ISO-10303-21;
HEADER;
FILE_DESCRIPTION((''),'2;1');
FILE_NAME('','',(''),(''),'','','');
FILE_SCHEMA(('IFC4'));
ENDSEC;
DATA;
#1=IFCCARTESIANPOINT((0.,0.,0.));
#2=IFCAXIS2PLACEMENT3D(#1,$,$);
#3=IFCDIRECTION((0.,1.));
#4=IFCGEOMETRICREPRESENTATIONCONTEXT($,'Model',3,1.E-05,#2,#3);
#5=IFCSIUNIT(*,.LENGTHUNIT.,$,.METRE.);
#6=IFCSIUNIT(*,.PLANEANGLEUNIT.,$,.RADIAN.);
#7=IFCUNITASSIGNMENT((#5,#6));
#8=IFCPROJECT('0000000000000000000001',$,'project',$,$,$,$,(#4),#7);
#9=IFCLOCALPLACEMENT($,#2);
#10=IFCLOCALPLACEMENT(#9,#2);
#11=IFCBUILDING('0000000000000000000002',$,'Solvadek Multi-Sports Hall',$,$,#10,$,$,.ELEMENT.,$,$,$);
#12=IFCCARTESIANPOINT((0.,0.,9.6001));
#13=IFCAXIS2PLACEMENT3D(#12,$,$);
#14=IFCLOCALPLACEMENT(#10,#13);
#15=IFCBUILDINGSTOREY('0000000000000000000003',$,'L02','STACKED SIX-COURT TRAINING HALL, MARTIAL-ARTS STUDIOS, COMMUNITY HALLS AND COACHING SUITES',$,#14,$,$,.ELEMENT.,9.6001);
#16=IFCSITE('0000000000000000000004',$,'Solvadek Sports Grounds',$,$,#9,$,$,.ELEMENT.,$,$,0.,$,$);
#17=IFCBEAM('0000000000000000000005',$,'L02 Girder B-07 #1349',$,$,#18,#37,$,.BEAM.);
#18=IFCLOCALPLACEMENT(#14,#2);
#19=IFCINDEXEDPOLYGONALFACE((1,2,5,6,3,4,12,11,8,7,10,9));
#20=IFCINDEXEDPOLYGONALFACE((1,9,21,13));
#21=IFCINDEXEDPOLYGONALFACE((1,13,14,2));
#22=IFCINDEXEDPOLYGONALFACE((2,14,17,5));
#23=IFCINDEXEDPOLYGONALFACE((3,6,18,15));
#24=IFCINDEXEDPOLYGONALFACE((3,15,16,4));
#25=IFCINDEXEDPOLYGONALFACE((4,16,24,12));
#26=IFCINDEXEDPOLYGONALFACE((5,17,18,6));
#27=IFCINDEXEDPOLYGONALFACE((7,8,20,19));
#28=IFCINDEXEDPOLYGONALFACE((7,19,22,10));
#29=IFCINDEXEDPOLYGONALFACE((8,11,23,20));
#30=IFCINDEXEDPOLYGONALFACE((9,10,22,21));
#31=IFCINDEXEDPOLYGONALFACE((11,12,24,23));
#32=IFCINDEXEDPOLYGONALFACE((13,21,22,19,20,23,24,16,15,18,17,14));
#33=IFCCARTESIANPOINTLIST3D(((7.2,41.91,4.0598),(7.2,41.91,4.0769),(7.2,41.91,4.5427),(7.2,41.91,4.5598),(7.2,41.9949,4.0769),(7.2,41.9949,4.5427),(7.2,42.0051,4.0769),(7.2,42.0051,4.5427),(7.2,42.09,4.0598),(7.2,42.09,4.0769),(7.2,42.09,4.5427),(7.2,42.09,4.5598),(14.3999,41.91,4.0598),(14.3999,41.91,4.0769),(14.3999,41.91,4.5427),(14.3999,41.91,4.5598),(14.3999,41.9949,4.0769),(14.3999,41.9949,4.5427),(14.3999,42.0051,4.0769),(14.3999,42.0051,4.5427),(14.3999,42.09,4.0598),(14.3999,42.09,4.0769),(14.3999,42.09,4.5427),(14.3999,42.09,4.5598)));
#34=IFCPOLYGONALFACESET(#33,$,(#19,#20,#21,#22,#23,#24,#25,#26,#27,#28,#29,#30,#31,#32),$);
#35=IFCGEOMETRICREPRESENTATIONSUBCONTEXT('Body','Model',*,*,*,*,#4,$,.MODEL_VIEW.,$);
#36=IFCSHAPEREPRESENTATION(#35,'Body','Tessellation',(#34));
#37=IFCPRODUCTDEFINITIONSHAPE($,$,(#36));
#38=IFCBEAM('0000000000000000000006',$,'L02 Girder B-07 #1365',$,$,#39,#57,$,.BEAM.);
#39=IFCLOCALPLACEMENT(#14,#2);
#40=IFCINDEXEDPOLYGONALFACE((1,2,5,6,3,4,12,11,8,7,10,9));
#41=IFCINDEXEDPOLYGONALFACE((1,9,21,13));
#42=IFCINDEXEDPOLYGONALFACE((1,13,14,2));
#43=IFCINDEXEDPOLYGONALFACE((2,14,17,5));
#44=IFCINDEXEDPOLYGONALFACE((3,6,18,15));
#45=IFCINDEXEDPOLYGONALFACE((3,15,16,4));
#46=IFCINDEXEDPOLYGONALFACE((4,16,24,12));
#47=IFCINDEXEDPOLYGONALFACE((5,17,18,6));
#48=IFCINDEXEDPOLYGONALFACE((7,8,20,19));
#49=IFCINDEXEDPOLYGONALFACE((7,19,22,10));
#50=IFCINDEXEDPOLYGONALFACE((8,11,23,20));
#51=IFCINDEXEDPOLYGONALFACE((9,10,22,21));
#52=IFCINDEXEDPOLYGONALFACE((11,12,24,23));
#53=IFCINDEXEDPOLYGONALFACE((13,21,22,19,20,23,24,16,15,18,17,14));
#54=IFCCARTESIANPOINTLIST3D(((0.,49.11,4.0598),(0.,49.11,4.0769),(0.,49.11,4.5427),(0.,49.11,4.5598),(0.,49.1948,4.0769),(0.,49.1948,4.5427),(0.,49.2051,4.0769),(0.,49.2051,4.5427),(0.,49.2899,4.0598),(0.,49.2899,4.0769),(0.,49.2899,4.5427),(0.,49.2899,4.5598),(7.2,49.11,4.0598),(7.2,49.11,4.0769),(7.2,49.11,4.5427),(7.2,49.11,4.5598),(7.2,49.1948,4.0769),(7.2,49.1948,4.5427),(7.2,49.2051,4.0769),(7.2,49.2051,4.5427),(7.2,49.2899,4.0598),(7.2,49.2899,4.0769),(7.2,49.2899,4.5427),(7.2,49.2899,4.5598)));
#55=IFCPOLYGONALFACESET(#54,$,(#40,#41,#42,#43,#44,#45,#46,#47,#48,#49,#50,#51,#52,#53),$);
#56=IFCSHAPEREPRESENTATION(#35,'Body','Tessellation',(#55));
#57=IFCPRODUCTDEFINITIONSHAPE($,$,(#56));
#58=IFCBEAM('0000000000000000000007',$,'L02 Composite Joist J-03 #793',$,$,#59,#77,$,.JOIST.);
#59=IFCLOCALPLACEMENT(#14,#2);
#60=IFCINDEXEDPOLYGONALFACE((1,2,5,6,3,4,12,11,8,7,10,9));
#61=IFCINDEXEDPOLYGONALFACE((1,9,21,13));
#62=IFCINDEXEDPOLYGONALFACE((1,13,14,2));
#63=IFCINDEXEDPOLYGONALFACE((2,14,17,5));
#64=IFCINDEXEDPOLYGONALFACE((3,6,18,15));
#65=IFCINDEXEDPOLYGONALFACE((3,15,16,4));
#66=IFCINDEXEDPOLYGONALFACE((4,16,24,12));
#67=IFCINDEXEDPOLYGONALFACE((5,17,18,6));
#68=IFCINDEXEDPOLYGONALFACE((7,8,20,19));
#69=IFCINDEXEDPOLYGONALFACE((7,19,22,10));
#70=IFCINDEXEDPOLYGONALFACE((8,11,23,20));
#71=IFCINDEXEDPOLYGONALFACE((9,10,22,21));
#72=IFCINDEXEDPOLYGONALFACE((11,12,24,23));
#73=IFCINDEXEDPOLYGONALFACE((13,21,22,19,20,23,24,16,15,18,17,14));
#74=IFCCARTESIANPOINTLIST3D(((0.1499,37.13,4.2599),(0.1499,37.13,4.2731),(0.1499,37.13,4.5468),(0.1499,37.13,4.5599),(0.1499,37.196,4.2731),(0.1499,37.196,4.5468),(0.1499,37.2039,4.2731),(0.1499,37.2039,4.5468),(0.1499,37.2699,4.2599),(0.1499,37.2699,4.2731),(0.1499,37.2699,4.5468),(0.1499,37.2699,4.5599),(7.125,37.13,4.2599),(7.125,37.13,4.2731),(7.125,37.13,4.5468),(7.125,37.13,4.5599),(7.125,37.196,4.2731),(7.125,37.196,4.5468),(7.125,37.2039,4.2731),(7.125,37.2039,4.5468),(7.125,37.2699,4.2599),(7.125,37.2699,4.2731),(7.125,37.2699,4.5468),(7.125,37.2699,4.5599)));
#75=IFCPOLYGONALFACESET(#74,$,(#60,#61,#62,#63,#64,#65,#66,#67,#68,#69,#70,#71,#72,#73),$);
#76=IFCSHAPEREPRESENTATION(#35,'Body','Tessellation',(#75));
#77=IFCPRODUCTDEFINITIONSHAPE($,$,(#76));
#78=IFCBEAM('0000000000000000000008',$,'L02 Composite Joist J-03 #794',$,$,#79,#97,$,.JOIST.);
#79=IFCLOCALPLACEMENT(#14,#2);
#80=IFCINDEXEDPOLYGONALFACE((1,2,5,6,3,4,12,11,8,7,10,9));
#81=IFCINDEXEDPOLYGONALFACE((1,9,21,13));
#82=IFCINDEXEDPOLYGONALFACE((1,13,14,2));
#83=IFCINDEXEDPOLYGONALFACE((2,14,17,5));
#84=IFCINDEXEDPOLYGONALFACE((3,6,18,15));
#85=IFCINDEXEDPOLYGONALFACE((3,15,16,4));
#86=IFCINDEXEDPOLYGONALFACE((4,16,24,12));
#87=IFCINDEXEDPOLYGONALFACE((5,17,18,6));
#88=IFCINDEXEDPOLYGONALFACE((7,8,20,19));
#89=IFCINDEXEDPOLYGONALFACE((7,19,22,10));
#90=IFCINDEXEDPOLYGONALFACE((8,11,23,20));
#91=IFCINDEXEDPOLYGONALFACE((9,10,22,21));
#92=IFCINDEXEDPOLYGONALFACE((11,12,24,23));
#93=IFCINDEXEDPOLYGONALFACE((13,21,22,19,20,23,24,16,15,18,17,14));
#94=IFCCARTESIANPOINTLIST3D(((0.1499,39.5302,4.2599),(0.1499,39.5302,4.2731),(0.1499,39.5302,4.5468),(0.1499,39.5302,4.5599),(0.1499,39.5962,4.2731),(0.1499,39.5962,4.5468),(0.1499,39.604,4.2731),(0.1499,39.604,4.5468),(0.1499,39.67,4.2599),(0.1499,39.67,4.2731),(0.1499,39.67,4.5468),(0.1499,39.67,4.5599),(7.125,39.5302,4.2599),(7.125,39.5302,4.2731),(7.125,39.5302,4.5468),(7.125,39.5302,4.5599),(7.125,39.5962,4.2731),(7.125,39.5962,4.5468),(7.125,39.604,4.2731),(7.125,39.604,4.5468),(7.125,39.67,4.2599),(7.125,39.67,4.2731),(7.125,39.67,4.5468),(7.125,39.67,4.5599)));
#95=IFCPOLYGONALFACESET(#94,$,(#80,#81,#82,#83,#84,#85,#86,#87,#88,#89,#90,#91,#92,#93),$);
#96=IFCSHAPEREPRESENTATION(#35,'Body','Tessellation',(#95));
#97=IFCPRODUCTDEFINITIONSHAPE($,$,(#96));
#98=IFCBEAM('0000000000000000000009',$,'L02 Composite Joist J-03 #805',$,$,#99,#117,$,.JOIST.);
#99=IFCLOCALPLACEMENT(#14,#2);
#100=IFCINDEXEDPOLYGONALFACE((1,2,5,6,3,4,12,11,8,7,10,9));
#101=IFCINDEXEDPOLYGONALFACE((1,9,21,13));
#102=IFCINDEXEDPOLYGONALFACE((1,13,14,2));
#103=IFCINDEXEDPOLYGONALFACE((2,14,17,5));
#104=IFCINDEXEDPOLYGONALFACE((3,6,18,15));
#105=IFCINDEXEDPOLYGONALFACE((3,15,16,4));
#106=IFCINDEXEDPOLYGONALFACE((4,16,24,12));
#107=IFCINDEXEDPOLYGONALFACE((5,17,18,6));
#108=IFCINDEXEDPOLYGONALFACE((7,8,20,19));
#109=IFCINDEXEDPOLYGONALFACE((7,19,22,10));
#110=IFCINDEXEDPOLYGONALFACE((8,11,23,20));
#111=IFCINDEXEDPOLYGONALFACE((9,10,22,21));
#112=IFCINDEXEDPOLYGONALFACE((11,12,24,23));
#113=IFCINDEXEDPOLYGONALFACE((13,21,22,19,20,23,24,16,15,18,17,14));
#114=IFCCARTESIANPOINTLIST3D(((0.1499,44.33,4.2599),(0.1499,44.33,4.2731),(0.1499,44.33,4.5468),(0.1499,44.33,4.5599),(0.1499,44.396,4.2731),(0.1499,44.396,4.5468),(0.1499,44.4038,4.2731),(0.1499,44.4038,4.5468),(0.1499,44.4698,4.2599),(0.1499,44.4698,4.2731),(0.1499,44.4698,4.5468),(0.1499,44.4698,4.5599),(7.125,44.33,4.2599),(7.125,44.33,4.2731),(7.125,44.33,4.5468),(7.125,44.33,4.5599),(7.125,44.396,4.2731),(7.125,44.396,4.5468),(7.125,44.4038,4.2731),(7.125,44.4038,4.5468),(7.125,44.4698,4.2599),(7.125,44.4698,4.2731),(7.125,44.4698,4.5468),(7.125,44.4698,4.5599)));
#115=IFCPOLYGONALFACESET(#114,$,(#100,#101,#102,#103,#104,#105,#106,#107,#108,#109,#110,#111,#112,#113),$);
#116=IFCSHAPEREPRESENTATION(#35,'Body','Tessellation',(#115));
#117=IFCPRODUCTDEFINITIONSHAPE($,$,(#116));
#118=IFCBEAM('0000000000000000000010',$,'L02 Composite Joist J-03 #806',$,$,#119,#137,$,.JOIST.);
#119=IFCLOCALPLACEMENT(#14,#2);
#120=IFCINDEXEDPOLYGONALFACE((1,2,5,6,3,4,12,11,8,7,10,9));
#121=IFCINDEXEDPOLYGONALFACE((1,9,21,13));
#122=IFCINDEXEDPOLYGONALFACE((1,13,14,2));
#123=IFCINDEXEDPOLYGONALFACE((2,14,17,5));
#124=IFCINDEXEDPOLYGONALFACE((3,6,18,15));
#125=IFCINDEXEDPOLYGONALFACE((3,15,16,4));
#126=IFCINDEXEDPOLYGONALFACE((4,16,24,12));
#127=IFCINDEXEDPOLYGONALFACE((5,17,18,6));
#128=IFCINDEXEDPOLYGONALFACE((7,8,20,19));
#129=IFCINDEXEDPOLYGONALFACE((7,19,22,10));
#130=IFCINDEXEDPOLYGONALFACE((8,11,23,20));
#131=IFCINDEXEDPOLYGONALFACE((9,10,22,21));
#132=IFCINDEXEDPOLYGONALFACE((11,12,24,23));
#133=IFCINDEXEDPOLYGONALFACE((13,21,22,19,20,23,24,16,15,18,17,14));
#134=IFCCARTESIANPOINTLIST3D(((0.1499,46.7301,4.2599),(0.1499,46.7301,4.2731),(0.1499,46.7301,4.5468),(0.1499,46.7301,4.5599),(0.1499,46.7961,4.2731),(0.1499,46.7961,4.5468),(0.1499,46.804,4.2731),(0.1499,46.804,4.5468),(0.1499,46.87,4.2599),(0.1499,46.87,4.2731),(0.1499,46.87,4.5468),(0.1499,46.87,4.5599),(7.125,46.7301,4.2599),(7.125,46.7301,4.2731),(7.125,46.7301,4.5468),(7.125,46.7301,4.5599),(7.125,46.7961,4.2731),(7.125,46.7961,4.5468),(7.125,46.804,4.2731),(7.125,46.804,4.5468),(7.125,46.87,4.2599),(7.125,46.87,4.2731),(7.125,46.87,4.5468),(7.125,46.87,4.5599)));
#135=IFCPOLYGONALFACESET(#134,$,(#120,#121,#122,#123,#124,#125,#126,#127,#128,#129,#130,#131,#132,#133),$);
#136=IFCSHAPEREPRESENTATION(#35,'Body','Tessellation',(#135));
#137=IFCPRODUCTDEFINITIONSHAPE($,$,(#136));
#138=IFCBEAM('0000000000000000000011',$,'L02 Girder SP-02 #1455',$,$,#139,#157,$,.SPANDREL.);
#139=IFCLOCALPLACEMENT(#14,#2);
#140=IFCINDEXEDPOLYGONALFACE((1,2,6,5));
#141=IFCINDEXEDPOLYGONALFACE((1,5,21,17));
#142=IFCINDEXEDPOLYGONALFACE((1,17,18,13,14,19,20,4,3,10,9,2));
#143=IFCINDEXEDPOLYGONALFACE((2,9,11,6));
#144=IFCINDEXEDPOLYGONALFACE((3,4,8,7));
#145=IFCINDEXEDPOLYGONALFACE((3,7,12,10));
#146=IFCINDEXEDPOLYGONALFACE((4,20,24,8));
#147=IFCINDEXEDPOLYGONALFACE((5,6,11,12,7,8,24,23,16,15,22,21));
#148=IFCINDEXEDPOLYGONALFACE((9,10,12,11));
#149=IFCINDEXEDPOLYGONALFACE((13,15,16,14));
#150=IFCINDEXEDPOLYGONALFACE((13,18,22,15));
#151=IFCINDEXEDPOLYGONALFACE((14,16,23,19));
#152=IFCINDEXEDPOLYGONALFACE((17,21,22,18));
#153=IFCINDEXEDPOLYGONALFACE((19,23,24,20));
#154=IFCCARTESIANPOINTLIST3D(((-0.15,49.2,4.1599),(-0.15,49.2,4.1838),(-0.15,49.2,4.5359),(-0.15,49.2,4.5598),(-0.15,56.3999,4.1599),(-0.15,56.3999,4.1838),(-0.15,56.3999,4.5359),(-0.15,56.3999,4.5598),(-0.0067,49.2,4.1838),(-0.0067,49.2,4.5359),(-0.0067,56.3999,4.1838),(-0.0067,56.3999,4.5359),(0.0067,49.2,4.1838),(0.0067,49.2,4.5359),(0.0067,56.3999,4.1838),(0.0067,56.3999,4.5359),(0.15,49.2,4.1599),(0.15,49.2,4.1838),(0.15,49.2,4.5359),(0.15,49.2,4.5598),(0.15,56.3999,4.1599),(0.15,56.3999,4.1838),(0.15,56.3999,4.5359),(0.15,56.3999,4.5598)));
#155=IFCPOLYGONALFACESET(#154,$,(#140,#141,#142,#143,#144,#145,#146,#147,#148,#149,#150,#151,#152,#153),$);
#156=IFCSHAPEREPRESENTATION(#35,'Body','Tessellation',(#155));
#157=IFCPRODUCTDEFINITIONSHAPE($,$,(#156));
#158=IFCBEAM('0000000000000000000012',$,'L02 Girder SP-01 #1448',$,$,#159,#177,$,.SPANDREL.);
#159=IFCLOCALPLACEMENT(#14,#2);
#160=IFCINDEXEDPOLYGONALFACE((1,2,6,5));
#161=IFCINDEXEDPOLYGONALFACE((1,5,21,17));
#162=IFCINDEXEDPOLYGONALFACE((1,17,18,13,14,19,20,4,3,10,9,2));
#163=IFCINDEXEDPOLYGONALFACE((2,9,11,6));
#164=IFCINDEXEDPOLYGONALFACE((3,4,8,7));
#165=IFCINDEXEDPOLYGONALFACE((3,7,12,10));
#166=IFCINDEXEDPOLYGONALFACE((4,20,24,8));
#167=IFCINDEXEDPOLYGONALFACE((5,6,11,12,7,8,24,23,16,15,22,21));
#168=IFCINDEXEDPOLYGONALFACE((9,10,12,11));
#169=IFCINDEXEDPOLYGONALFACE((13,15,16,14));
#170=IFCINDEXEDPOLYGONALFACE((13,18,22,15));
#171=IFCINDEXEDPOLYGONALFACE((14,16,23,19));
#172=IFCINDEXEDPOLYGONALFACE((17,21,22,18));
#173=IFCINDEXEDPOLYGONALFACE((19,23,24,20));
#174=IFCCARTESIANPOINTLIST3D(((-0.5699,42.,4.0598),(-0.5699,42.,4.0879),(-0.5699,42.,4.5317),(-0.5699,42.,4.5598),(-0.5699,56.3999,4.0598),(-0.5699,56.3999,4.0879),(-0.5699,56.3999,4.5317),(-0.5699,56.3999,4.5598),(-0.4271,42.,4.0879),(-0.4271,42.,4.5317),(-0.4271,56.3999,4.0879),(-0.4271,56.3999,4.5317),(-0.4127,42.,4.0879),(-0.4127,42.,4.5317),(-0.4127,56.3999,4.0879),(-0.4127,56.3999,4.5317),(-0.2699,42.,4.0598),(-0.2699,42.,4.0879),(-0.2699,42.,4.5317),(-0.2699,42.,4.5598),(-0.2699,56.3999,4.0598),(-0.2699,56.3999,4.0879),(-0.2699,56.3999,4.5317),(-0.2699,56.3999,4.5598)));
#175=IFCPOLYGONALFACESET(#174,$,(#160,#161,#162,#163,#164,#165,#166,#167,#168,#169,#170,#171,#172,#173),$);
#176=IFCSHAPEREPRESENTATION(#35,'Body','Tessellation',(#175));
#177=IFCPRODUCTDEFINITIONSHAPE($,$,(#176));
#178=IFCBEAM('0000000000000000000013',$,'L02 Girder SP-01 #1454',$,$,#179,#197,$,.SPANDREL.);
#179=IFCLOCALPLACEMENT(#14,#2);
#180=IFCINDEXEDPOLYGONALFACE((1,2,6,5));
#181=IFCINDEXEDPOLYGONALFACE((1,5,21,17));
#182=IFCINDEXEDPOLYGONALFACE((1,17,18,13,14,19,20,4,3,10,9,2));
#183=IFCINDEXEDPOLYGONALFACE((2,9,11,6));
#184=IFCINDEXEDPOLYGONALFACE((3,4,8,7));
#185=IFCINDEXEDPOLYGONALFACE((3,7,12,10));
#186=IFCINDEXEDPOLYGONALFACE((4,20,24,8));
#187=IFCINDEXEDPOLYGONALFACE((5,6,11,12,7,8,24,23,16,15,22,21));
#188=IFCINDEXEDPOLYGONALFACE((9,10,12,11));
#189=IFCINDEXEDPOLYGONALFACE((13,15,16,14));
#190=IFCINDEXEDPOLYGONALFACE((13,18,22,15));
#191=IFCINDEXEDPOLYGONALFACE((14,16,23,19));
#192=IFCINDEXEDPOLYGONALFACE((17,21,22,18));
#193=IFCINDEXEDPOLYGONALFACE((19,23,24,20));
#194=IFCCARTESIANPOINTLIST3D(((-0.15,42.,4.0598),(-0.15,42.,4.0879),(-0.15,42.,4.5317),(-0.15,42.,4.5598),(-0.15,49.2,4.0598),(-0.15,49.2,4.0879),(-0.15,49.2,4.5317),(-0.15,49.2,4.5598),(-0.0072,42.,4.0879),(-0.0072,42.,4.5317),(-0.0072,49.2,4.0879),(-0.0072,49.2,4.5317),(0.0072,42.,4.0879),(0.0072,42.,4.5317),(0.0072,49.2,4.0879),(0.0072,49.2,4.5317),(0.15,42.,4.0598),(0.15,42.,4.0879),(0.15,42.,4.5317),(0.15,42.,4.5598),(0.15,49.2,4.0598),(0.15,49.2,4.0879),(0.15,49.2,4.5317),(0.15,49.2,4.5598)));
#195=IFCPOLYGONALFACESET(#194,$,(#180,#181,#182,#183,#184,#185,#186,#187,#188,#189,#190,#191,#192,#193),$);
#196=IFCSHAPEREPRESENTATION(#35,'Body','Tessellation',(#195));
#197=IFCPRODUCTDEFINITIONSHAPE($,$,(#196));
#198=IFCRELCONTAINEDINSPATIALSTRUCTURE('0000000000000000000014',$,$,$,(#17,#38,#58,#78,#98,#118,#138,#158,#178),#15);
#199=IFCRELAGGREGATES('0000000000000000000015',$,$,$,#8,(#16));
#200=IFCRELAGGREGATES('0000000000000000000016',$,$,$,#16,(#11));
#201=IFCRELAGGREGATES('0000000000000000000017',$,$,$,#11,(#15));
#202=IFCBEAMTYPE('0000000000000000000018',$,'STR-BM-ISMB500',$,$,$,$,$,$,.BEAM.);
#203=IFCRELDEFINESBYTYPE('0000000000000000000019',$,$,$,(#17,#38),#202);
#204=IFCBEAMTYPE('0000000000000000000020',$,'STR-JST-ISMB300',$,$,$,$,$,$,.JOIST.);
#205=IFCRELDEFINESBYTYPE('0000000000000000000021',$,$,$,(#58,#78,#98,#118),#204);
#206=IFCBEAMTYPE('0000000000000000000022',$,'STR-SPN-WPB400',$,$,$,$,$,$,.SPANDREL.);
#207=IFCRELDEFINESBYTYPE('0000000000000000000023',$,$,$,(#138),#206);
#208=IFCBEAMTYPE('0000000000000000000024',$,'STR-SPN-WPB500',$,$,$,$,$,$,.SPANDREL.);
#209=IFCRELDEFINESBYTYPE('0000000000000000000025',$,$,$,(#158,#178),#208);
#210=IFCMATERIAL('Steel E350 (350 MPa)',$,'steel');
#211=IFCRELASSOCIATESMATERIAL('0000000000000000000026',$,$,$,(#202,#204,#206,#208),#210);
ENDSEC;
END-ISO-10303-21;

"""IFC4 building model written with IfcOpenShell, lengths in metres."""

from ifc_helpers import new_model, si_unit, direction, frame, origin, origin_2d, place, context, subcontext, project, spatial, i_section, extrude, material, material_profile, profile_set, type_object, element, save


model = new_model("IFC4")

# Units and contexts
model_context = context("Model", 3, precision=1e-05, world=origin(), true_north=direction((0.0, 1.0)))
body_context = subcontext(model_context, "Body", "Model", "MODEL_VIEW")
ifc_project = project(units=[si_unit("LENGTHUNIT", "METRE"), si_unit("PLANEANGLEUNIT", "RADIAN")], contexts=[model_context])

# Site, building, storey
site_placement = place(None, origin())
site = spatial("IfcSite", under=ifc_project, at=site_placement, Name="Solvadek Sports Grounds", CompositionType="ELEMENT", RefElevation=0.0)
building_placement = place(site_placement, origin())
building = spatial("IfcBuilding", under=site, at=building_placement, Name="Solvadek Multi-Sports Hall", CompositionType="ELEMENT")
storey_placement = place(building_placement, frame((0.0, 0.0, 9.6001)))
storey = spatial("IfcBuildingStorey", under=building, at=storey_placement, Name="L02", Description="STACKED SIX-COURT TRAINING HALL, MARTIAL-ARTS STUDIOS, COMMUNITY HALLS AND COACHING SUITES", CompositionType="ELEMENT", Elevation=9.6001)

# Shared definitions
ifc_material_1 = material(Name="Steel E350 (350 MPa)", Category="steel")

# Beams
ifc_material_profile_1 = material_profile(ifc_material_1, i_section(OverallWidth=0.1799, OverallDepth=0.5, WebThickness=0.0103, FlangeThickness=0.0171, at=origin_2d()), Name="ISMB 500")
ifc_profile_set_1 = profile_set([ifc_material_profile_1], Name="Steel E350 (350 MPa)")
beam_type_1 = type_object("IfcBeamType", Name="STR-BM-ISMB500", PredefinedType="BEAM", material=ifc_profile_set_1)
for number, where, z_axis, x_axis, name in (
    (1, (7.2, 42.0, 4.3098), (1.0, 0.0, 0.0), (0.0, 1.0, 0.0), "L02 Girder B-07 #1349"),
    (2, (0.0, 49.2, 4.3098), (1.0, 0.0, 0.0), (0.0, 1.0, 0.0), "L02 Girder B-07 #1365"),
):
    element("IfcBeam", number, at=place(storey_placement, frame(where, z_axis=z_axis, x_axis=x_axis)), inside=storey, type_object=beam_type_1, Name=name, PredefinedType="BEAM", context=body_context, shape_type="SweptSolid", body=[
        extrude(i_section(OverallWidth=0.1799, OverallDepth=0.5, WebThickness=0.0103, FlangeThickness=0.0171, at=origin_2d()), origin(), (0.0, 0.0, 1.0), 7.2),
    ])
ifc_material_profile_2 = material_profile(ifc_material_1, i_section(OverallWidth=0.1399, OverallDepth=0.3, WebThickness=0.0078, FlangeThickness=0.0132, at=origin_2d()), Name="ISMB 300")
ifc_profile_set_2 = profile_set([ifc_material_profile_2], Name="Steel E350 (350 MPa)")
beam_type_2 = type_object("IfcBeamType", Name="STR-JST-ISMB300", PredefinedType="JOIST", material=ifc_profile_set_2)
for number, where, z_axis, x_axis, name in (
    (3, (0.1499, 37.2, 4.4099), (1.0, 0.0, 0.0), (0.0, 1.0, 0.0), "L02 Composite Joist J-03 #793"),
    (4, (0.1499, 39.6001, 4.4099), (1.0, 0.0, 0.0), (0.0, 1.0, 0.0), "L02 Composite Joist J-03 #794"),
    (5, (0.1499, 44.3999, 4.4099), (1.0, 0.0, 0.0), (0.0, 1.0, 0.0), "L02 Composite Joist J-03 #805"),
    (6, (0.1499, 46.8, 4.4099), (1.0, 0.0, 0.0), (0.0, 1.0, 0.0), "L02 Composite Joist J-03 #806"),
):
    element("IfcBeam", number, at=place(storey_placement, frame(where, z_axis=z_axis, x_axis=x_axis)), inside=storey, type_object=beam_type_2, Name=name, PredefinedType="JOIST", context=body_context, shape_type="SweptSolid", body=[
        extrude(i_section(OverallWidth=0.1399, OverallDepth=0.3, WebThickness=0.0078, FlangeThickness=0.0132, at=origin_2d()), origin(), (0.0, 0.0, 1.0), 6.9751),
    ])
ifc_material_profile_3 = material_profile(ifc_material_1, i_section(OverallWidth=0.3, OverallDepth=0.3999, WebThickness=0.0134, FlangeThickness=0.0239, at=origin_2d()), Name="WPB 400")
ifc_profile_set_3 = profile_set([ifc_material_profile_3], Name="Steel E350 (350 MPa)")
beam_type_3 = type_object("IfcBeamType", Name="STR-SPN-WPB400", PredefinedType="SPANDREL", material=ifc_profile_set_3)
beam_1_placement = place(storey_placement, frame((0.0, 49.2, 4.3599), z_axis=(0.0, 1.0, 0.0), x_axis=(-1.0, 0.0, 0.0)))
element("IfcBeam", 7, at=beam_1_placement, inside=storey, type_object=beam_type_3, Name="L02 Girder SP-02 #1455", PredefinedType="SPANDREL", context=body_context, shape_type="SweptSolid", body=[
    extrude(i_section(OverallWidth=0.3, OverallDepth=0.3999, WebThickness=0.0134, FlangeThickness=0.0239, at=origin_2d()), origin(), (0.0, 0.0, 1.0), 7.2),
])
ifc_material_profile_4 = material_profile(ifc_material_1, i_section(OverallWidth=0.3, OverallDepth=0.5, WebThickness=0.0144, FlangeThickness=0.0281, at=origin_2d()), Name="WPB 500")
ifc_profile_set_4 = profile_set([ifc_material_profile_4], Name="Steel E350 (350 MPa)")
beam_type_4 = type_object("IfcBeamType", Name="STR-SPN-WPB500", PredefinedType="SPANDREL", material=ifc_profile_set_4)
beam_2_placement = place(storey_placement, frame((-0.4199, 42.0, 4.3098), z_axis=(0.0, 1.0, 0.0), x_axis=(-1.0, 0.0, 0.0)))
element("IfcBeam", 8, at=beam_2_placement, inside=storey, type_object=beam_type_4, Name="L02 Girder SP-01 #1448", PredefinedType="SPANDREL", context=body_context, shape_type="SweptSolid", body=[
    extrude(i_section(OverallWidth=0.3, OverallDepth=0.5, WebThickness=0.0144, FlangeThickness=0.0281, at=origin_2d()), origin(), (0.0, 0.0, 1.0), 14.3999),
])
beam_3_placement = place(storey_placement, frame((0.0, 42.0, 4.3098), z_axis=(0.0, 1.0, 0.0), x_axis=(-1.0, 0.0, 0.0)))
element("IfcBeam", 9, at=beam_3_placement, inside=storey, type_object=beam_type_4, Name="L02 Girder SP-01 #1454", PredefinedType="SPANDREL", context=body_context, shape_type="SweptSolid", body=[
    extrude(i_section(OverallWidth=0.3, OverallDepth=0.5, WebThickness=0.0144, FlangeThickness=0.0281, at=origin_2d()), origin(), (0.0, 0.0, 1.0), 7.2),
])

save(model, "model.ifc")
